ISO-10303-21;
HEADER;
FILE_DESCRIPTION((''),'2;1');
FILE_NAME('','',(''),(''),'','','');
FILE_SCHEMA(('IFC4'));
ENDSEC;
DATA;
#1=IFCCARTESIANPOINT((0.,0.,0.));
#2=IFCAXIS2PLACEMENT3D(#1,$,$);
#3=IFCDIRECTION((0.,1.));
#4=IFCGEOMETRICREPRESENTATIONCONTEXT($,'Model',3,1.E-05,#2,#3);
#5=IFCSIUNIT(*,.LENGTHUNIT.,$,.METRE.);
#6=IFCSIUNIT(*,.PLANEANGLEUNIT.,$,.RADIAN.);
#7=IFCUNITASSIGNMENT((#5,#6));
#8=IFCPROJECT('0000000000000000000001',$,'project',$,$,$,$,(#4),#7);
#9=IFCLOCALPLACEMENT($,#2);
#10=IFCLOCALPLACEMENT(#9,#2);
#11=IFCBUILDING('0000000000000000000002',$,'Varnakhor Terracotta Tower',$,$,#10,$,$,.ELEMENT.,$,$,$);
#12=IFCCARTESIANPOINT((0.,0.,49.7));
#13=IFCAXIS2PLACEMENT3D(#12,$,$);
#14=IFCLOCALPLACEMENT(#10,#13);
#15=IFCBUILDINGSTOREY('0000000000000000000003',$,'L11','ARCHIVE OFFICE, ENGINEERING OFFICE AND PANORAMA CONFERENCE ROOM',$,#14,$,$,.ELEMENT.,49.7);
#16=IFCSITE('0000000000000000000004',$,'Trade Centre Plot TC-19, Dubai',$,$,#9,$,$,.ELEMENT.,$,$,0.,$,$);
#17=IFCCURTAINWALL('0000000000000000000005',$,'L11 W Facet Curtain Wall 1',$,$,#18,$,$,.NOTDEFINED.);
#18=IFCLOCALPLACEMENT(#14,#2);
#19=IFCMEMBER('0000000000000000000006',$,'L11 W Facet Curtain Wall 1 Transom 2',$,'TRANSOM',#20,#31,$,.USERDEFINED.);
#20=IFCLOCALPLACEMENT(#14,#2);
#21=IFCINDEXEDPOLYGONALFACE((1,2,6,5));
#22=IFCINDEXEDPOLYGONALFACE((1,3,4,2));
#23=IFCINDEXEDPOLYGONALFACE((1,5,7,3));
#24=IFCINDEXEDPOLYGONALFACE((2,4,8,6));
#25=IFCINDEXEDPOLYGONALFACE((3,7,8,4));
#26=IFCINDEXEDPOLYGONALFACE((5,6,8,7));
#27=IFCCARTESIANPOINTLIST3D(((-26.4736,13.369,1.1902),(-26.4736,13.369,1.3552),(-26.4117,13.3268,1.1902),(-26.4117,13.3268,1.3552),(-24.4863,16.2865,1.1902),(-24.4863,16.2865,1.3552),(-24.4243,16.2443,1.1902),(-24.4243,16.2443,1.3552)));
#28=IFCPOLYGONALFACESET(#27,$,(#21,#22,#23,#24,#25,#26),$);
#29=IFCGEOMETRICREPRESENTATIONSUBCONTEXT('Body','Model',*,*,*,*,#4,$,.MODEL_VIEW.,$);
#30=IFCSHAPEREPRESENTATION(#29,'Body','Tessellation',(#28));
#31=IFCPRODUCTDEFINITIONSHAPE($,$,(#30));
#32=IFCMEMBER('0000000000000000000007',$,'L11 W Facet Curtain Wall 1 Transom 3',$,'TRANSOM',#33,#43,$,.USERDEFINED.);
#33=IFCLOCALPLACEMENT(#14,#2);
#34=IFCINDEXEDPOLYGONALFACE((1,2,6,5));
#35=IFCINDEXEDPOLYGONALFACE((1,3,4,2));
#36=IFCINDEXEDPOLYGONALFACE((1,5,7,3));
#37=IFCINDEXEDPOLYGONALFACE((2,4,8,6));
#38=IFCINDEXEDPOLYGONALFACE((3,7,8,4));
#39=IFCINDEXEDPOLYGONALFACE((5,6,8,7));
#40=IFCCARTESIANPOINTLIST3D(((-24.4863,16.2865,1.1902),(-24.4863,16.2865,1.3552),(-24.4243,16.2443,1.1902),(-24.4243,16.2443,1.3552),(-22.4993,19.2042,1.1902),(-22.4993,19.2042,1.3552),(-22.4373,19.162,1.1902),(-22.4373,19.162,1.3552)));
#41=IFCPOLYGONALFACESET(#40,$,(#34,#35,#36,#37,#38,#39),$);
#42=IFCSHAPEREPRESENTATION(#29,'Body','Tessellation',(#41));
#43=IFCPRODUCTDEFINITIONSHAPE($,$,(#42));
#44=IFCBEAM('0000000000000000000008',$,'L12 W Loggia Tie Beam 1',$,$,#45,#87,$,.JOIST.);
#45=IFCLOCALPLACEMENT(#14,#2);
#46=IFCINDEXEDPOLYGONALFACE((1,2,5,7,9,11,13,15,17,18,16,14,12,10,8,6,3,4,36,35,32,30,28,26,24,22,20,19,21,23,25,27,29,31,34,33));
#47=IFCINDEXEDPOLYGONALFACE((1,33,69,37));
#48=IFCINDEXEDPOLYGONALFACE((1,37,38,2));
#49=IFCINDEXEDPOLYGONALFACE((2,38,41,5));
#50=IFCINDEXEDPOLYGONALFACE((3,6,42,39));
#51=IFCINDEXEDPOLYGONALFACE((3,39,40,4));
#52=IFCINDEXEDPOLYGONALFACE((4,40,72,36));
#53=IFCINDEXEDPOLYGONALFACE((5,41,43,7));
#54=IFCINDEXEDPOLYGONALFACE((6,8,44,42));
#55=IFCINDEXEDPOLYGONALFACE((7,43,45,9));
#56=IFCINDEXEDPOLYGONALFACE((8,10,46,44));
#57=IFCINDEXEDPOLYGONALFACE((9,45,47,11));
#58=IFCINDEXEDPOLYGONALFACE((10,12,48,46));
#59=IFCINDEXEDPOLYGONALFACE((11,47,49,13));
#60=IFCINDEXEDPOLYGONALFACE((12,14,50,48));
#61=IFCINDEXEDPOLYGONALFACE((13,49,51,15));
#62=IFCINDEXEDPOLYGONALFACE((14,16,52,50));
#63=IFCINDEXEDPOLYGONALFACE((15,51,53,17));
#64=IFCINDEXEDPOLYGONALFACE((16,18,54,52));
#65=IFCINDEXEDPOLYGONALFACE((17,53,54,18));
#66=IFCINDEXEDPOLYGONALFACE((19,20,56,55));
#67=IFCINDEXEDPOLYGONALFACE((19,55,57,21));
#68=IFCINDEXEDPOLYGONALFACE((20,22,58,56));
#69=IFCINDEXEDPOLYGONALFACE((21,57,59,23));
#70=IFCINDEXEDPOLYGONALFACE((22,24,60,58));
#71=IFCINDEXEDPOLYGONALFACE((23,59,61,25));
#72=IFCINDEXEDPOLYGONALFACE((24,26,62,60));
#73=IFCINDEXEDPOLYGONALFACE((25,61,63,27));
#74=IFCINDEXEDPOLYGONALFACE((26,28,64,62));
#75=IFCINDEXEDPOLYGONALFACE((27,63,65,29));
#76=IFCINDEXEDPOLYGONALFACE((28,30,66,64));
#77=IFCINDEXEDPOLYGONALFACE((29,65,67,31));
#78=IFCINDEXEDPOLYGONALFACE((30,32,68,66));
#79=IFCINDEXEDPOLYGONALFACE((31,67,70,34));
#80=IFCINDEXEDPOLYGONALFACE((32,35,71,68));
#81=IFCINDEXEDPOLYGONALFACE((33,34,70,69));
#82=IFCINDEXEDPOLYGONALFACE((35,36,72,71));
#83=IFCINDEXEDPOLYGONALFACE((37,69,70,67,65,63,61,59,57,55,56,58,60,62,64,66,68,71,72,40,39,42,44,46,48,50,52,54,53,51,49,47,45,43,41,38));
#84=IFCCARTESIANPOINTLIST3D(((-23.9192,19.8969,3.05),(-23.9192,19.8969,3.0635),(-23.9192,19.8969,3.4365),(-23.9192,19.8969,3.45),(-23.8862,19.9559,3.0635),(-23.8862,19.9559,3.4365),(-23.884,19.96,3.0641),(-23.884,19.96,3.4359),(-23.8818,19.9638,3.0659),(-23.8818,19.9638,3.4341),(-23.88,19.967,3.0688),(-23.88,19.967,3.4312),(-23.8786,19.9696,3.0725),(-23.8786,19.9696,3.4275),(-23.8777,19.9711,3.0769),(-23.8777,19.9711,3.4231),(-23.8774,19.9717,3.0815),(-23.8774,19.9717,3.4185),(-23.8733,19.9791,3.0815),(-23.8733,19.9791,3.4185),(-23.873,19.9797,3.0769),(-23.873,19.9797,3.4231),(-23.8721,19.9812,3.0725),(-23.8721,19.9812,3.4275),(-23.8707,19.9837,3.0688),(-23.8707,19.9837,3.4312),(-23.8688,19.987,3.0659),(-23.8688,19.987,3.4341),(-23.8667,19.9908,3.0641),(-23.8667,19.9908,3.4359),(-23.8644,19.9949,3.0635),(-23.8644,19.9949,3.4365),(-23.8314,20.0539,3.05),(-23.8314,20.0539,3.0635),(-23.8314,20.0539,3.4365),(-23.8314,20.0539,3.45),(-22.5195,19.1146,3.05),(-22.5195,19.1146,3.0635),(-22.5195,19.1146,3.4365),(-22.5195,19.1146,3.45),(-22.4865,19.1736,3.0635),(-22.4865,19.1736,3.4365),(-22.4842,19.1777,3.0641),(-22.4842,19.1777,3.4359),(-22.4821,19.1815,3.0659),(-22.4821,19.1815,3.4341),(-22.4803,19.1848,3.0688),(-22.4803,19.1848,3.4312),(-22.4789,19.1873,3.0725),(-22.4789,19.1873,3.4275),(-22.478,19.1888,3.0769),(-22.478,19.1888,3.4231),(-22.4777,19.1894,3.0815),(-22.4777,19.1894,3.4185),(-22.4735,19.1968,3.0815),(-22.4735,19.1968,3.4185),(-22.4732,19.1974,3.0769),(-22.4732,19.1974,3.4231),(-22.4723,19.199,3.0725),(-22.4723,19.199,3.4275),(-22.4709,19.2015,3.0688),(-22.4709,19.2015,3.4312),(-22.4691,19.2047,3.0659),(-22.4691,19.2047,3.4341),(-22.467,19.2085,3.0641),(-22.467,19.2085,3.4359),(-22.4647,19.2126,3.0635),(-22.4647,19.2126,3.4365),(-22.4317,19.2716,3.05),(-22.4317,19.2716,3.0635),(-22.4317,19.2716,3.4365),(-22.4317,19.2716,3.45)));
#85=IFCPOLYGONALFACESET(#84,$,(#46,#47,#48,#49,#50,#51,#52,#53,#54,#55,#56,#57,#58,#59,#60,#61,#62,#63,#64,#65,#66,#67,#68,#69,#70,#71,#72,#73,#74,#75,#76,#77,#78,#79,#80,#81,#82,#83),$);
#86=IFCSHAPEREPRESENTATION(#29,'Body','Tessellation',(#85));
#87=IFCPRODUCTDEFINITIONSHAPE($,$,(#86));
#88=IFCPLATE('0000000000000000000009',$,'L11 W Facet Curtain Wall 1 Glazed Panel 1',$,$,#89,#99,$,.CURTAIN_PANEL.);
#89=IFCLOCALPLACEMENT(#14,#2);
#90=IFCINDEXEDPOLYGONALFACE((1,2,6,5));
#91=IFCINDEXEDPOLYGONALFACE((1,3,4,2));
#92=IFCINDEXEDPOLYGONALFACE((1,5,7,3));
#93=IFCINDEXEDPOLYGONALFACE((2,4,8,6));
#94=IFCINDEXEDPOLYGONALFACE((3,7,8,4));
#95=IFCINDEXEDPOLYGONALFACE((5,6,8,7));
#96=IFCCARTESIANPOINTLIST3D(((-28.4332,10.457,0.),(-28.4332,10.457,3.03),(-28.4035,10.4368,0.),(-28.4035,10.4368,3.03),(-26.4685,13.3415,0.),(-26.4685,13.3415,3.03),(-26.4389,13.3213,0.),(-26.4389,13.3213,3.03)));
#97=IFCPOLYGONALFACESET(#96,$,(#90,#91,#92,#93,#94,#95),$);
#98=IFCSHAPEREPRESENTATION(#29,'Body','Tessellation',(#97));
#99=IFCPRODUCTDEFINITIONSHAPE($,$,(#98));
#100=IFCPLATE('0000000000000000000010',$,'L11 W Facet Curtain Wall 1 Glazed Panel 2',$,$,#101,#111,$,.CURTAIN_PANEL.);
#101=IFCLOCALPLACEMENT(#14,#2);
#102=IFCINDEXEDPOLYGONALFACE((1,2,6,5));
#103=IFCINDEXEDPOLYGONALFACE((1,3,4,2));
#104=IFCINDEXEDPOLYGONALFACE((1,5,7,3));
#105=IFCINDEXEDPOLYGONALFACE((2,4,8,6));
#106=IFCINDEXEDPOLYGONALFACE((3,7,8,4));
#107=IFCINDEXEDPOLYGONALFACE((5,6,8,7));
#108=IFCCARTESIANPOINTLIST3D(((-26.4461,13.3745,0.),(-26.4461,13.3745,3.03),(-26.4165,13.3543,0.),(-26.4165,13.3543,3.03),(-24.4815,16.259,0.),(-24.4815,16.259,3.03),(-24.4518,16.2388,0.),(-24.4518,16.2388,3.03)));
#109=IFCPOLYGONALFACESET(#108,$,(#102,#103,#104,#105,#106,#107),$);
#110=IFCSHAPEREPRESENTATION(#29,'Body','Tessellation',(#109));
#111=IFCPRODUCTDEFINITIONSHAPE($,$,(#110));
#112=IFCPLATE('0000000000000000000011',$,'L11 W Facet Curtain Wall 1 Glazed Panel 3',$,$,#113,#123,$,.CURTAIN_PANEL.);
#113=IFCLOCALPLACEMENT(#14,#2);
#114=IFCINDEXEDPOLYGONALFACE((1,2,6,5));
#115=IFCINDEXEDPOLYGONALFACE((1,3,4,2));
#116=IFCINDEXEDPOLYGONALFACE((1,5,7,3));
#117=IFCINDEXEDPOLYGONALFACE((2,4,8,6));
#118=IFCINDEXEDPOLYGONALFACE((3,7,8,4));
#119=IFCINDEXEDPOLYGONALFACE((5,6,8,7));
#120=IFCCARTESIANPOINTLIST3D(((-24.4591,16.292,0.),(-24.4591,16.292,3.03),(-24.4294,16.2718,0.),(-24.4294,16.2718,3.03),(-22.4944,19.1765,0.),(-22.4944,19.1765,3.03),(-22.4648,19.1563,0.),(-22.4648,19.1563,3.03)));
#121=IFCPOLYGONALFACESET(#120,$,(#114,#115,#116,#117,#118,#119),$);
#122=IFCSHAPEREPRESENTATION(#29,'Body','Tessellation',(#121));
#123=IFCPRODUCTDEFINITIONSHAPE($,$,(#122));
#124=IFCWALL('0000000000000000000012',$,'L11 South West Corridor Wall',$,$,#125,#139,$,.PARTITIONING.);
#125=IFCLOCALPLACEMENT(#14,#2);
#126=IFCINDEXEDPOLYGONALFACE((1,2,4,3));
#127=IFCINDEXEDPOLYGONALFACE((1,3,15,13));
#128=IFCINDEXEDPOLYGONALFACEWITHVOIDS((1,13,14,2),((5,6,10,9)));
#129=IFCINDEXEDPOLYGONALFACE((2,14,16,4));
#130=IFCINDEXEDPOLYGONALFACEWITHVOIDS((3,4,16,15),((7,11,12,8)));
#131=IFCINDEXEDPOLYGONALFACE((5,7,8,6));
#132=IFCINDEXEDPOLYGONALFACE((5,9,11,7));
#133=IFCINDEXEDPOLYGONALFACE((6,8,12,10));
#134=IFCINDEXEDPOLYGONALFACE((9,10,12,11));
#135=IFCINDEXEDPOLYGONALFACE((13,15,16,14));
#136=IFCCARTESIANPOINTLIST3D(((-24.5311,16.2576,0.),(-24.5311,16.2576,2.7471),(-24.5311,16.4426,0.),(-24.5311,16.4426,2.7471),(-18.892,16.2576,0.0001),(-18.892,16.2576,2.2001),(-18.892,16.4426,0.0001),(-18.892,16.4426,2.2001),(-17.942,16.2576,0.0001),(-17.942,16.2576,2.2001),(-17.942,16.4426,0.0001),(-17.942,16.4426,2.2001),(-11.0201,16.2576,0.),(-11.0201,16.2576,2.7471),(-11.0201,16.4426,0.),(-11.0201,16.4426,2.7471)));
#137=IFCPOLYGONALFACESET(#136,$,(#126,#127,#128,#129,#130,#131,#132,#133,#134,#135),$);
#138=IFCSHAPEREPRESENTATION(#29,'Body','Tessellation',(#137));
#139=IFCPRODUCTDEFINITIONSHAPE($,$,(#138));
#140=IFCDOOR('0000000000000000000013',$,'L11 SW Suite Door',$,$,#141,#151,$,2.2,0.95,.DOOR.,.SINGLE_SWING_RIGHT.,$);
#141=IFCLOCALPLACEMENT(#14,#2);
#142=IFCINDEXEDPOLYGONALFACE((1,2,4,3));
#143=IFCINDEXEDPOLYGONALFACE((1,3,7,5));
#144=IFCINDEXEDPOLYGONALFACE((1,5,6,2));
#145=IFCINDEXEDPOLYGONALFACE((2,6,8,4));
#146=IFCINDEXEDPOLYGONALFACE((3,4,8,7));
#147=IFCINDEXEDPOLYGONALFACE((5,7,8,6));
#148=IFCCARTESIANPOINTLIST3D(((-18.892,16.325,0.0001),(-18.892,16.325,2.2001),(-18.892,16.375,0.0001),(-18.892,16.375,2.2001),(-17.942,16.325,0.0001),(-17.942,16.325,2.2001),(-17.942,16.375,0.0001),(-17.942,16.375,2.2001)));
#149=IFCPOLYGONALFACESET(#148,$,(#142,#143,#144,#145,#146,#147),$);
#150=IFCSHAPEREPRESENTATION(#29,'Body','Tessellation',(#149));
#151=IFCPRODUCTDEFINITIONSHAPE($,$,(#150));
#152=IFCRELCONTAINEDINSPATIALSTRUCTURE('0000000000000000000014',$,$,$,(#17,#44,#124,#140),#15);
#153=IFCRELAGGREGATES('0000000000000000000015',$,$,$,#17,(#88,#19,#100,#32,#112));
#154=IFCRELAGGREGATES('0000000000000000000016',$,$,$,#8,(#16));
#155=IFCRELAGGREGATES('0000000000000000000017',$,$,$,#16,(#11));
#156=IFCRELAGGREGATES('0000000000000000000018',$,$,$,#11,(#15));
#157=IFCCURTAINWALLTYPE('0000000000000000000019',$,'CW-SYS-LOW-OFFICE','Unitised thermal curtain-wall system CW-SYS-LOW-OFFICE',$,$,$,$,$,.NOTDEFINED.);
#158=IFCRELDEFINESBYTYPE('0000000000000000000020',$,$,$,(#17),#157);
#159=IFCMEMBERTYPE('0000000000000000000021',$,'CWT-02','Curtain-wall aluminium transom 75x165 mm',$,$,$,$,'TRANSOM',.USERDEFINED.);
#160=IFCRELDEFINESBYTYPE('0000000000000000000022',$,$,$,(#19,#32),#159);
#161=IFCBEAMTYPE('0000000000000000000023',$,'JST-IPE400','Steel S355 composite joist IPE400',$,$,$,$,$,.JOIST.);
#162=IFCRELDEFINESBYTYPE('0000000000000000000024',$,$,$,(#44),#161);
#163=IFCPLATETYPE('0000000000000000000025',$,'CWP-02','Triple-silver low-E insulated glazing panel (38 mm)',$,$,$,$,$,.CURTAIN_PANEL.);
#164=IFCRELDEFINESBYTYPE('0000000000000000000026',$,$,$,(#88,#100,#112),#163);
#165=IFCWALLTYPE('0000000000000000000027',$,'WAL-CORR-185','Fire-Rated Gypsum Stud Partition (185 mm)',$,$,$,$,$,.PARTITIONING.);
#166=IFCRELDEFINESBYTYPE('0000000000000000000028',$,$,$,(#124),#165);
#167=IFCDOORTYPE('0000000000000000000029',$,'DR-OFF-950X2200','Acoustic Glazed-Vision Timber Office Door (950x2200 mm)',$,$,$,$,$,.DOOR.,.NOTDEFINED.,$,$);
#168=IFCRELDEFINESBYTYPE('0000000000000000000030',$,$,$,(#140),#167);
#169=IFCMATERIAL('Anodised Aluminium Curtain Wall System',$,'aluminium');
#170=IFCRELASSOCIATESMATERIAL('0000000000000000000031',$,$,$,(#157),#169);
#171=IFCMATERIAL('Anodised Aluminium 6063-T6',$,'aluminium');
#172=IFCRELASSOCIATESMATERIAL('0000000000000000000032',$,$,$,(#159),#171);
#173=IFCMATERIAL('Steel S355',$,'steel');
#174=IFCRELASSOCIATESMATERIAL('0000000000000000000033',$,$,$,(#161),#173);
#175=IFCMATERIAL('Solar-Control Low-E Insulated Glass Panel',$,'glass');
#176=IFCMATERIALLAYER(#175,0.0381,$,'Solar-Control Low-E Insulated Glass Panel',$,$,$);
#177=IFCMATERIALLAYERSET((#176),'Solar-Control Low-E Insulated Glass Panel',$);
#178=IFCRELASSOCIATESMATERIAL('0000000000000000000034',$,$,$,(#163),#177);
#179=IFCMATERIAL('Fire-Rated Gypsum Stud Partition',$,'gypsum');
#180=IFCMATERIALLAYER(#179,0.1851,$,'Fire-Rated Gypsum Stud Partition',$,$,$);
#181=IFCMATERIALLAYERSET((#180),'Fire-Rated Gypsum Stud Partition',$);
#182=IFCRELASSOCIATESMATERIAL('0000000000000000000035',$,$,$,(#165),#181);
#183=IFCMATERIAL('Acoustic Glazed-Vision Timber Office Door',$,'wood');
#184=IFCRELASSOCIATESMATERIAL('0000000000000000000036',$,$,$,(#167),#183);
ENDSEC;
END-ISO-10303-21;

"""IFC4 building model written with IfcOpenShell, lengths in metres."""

from ifc_helpers import new_model, si_unit, direction, frame, frame_2d, origin, origin_2d, place, context, subcontext, project, spatial, rectangle, i_section, extrude, source, transform, mapped, material, layer, layer_set, material_profile, profile_set, type_object, type_shapes, element, fill, aggregate, save


model = new_model("IFC4")

# Units and contexts
model_context = context("Model", 3, precision=1e-05, world=origin(), true_north=direction((0.0, 1.0)))
body_context = subcontext(model_context, "Body", "Model", "MODEL_VIEW")
ifc_project = project(units=[si_unit("LENGTHUNIT", "METRE"), si_unit("PLANEANGLEUNIT", "RADIAN")], contexts=[model_context])

# Site, building, storey
site_placement = place(None, origin())
site = spatial("IfcSite", under=ifc_project, at=site_placement, Name="Trade Centre Plot TC-19, Dubai", CompositionType="ELEMENT", RefElevation=0.0)
building_placement = place(site_placement, origin())
building = spatial("IfcBuilding", under=site, at=building_placement, Name="Varnakhor Terracotta Tower", CompositionType="ELEMENT")
storey_placement = place(building_placement, frame((0.0, 0.0, 49.7)))
storey = spatial("IfcBuildingStorey", under=building, at=storey_placement, Name="L11", Description="ARCHIVE OFFICE, ENGINEERING OFFICE AND PANORAMA CONFERENCE ROOM", CompositionType="ELEMENT", Elevation=49.7)

# Shared definitions
ifc_material_1 = material(Name="Steel S355", Category="steel")

# Curtain wall, members
ifc_material_2 = material(Name="Anodised Aluminium Curtain Wall System", Category="aluminium")
curtain_wall_type = type_object("IfcCurtainWallType", Name="CW-SYS-LOW-OFFICE", Description="Unitised thermal curtain-wall system CW-SYS-LOW-OFFICE", PredefinedType="NOTDEFINED", material=ifc_material_2)
curtain_wall_placement = place(storey_placement, origin())
curtain_wall = element("IfcCurtainWall", 1, at=curtain_wall_placement, inside=storey, type_object=curtain_wall_type, Name="L11 W Facet Curtain Wall 1", PredefinedType="NOTDEFINED")
ifc_material_3 = material(Name="Anodised Aluminium 6063-T6", Category="aluminium")
ifc_material_profile_1 = material_profile(ifc_material_3, rectangle(XDim=0.075, YDim=0.165, at=origin_2d()), Name="ALU TRANSOM 75x165")
ifc_profile_set_1 = profile_set([ifc_material_profile_1], Name="Anodised Aluminium 6063-T6")
member_type_1 = type_object("IfcMemberType", Name="CWT-02", Description="Curtain-wall aluminium transom 75x165 mm", ElementType="TRANSOM", PredefinedType="USERDEFINED", material=ifc_profile_set_1)
shared_shape_1 = source(origin(), body_context, "Body", "SweptSolid", [
    extrude(rectangle(XDim=0.075, YDim=0.165, at=origin_2d()), origin(), (0.0, 0.0, 1.0), 3.53),
])
member_1_placement = place(storey_placement, frame((-26.4426, 13.3479, 1.2727), z_axis=(0.562972, 0.826476, 0.0), x_axis=(-0.826476, 0.562972, 0.0)))
member_1 = element("IfcMember", 2, at=member_1_placement, type_object=member_type_1, Name="L11 W Facet Curtain Wall 1 Transom 2", ObjectType="TRANSOM", PredefinedType="USERDEFINED", context=body_context, shape_type="MappedRepresentation", body=[
    mapped(shared_shape_1, transform((0.0, 0.0, 0.0), scale=1.0)),
])
member_2_placement = place(storey_placement, frame((-24.4553, 16.2654, 1.2727), z_axis=(0.562893, 0.82653, 0.0), x_axis=(-0.82653, 0.562893, 0.0)))
member_2 = element("IfcMember", 3, at=member_2_placement, type_object=member_type_1, Name="L11 W Facet Curtain Wall 1 Transom 3", ObjectType="TRANSOM", PredefinedType="USERDEFINED", context=body_context, shape_type="MappedRepresentation", body=[
    mapped(shared_shape_1, transform((0.0, 0.0, 0.0), scale=1.0)),
])

# Beam
ifc_material_profile_2 = material_profile(ifc_material_1, i_section(OverallWidth=0.1799, OverallDepth=0.3999, WebThickness=0.0085, FlangeThickness=0.0134, FilletRadius=0.0181, at=origin_2d()), Name="IPE400")
ifc_profile_set_2 = profile_set([ifc_material_profile_2], Name="Steel S355")
beam_type_1 = type_object("IfcBeamType", Name="JST-IPE400", Description="Steel S355 composite joist IPE400", PredefinedType="JOIST", material=ifc_profile_set_2)
shared_shape_2 = source(origin(), body_context, "Body", "SweptSolid", [
    extrude(i_section(OverallWidth=0.1799, OverallDepth=0.3999, WebThickness=0.0085, FlangeThickness=0.0134, FilletRadius=0.0181, at=origin_2d()), origin(), (0.0, 0.0, 1.0), 1.6035),
])
beam_1_placement = place(storey_placement, frame((-22.4756, 19.1931, 3.25), z_axis=(-0.872926, 0.487852, 0.0), x_axis=(-0.487852, -0.872926, 0.0)))
element("IfcBeam", 4, at=beam_1_placement, inside=storey, type_object=beam_type_1, Name="L12 W Loggia Tie Beam 1", PredefinedType="JOIST", context=body_context, shape_type="MappedRepresentation", body=[
    mapped(shared_shape_2, transform((0.0, 0.0, 0.0), scale=1.0)),
])

# Plates
ifc_material_4 = material(Name="Solar-Control Low-E Insulated Glass Panel", Category="glass")
ifc_layer_1 = layer(ifc_material_4, 0.0381, Name="Solar-Control Low-E Insulated Glass Panel")
ifc_layer_set_1 = layer_set([ifc_layer_1], Name="Solar-Control Low-E Insulated Glass Panel")
plate_type = type_object("IfcPlateType", Name="CWP-02", Description="Triple-silver low-E insulated glazing panel (38 mm)", PredefinedType="CURTAIN_PANEL", material=ifc_layer_set_1)
shared_shape_3 = source(origin(), body_context, "Body", "SweptSolid", [
    extrude(rectangle(XDim=3.49, YDim=0.0359, at=origin_2d()), origin(), (0.0, 0.0, 1.0), 3.03),
])
plate_1_placement = place(storey_placement, frame((-27.436, 11.8892, 0.0), z_axis=(0.0, 0.0, 1.0), x_axis=(0.562935, 0.826501, 0.0)))
plate_1 = element("IfcPlate", 5, at=plate_1_placement, type_object=plate_type, Name="L11 W Facet Curtain Wall 1 Glazed Panel 1", PredefinedType="CURTAIN_PANEL", context=body_context, shape_type="MappedRepresentation", body=[
    mapped(shared_shape_3, transform((0.0, 0.0, 0.0), scale=1.0)),
])
plate_2_placement = place(storey_placement, frame((-25.449, 14.8066, 0.0), z_axis=(0.0, 0.0, 1.0), x_axis=(0.562935, 0.826501, 0.0)))
plate_2 = element("IfcPlate", 6, at=plate_2_placement, type_object=plate_type, Name="L11 W Facet Curtain Wall 1 Glazed Panel 2", PredefinedType="CURTAIN_PANEL", context=body_context, shape_type="MappedRepresentation", body=[
    mapped(shared_shape_3, transform((0.0, 0.0, 0.0), scale=1.0)),
])
plate_3_placement = place(storey_placement, frame((-23.4619, 17.7241, 0.0), z_axis=(0.0, 0.0, 1.0), x_axis=(0.562935, 0.826501, 0.0)))
plate_3 = element("IfcPlate", 7, at=plate_3_placement, type_object=plate_type, Name="L11 W Facet Curtain Wall 1 Glazed Panel 3", PredefinedType="CURTAIN_PANEL", context=body_context, shape_type="MappedRepresentation", body=[
    mapped(shared_shape_3, transform((0.0, 0.0, 0.0), scale=1.0)),
])
aggregate(curtain_wall, [plate_1, member_1, plate_2, member_2, plate_3])

# Wall, opening, door
ifc_material_5 = material(Name="Fire-Rated Gypsum Stud Partition", Category="gypsum")
ifc_layer_2 = layer(ifc_material_5, 0.1851, Name="Fire-Rated Gypsum Stud Partition")
ifc_layer_set_2 = layer_set([ifc_layer_2], Name="Fire-Rated Gypsum Stud Partition")
wall_type_1 = type_object("IfcWallType", Name="WAL-CORR-185", Description="Fire-Rated Gypsum Stud Partition (185 mm)", PredefinedType="PARTITIONING", material=ifc_layer_set_2)
wall_1_placement = place(storey_placement, frame((-24.531, 16.3501, 0.0), z_axis=(0.0, 0.0, 1.0), x_axis=(1.0, 0.0, 0.0)))
wall_1 = element("IfcWall", 8, at=wall_1_placement, inside=storey, type_object=wall_type_1, Name="L11 South West Corridor Wall", PredefinedType="PARTITIONING", context=body_context, shape_type="SweptSolid", body=[
    extrude(rectangle(XDim=13.511, YDim=0.1851, at=frame_2d((6.7554, 0.0))), origin(), (0.0, 0.0, 1.0), 2.7471),
])
opening_1_placement = place(wall_1_placement, frame((5.6389, 0.0, 0.0)))
opening_1 = element("IfcOpeningElement", 9, at=opening_1_placement, cuts=wall_1, PredefinedType="OPENING", context=body_context, shape_type="SweptSolid", body=[
    extrude(rectangle(XDim=0.95, YDim=2.2, at=frame_2d((0.4751, 1.1001))), frame((0.0, 0.1025, 0.0), z_axis=(0.0, -1.0, 0.0), x_axis=(1.0, 0.0, 0.0)), (0.0, 0.0, 1.0), 0.2051),
])
ifc_material_6 = material(Name="Acoustic Glazed-Vision Timber Office Door", Category="wood")
door_type_1 = type_object("IfcDoorType", Name="DR-OFF-950X2200", Description="Acoustic Glazed-Vision Timber Office Door (950x2200 mm)", OperationType="NOTDEFINED", PredefinedType="DOOR", material=ifc_material_6)
shared_shape_4 = source(origin(), body_context, "Body", "SweptSolid", [
    extrude(rectangle(XDim=0.95, YDim=2.2, at=frame_2d((0.4751, 1.1001))), frame((0.0, 0.0249, 0.0), z_axis=(0.0, -1.0, 0.0), x_axis=(1.0, 0.0, 0.0)), (0.0, 0.0, 1.0), 0.05),
])
type_shapes(door_type_1, [shared_shape_4])
door_1_placement = place(opening_1_placement, origin())
door_1 = element("IfcDoor", 10, at=door_1_placement, inside=storey, type_object=door_type_1, Name="L11 SW Suite Door", OperationType="SINGLE_SWING_RIGHT", OverallHeight=2.2, OverallWidth=0.95, PredefinedType="DOOR", context=body_context, shape_type="MappedRepresentation", body=[
    mapped(shared_shape_4, transform((0.0, 0.0, 0.0), scale=1.0)),
])
fill(opening_1, door_1)

save(model, "model.ifc")
